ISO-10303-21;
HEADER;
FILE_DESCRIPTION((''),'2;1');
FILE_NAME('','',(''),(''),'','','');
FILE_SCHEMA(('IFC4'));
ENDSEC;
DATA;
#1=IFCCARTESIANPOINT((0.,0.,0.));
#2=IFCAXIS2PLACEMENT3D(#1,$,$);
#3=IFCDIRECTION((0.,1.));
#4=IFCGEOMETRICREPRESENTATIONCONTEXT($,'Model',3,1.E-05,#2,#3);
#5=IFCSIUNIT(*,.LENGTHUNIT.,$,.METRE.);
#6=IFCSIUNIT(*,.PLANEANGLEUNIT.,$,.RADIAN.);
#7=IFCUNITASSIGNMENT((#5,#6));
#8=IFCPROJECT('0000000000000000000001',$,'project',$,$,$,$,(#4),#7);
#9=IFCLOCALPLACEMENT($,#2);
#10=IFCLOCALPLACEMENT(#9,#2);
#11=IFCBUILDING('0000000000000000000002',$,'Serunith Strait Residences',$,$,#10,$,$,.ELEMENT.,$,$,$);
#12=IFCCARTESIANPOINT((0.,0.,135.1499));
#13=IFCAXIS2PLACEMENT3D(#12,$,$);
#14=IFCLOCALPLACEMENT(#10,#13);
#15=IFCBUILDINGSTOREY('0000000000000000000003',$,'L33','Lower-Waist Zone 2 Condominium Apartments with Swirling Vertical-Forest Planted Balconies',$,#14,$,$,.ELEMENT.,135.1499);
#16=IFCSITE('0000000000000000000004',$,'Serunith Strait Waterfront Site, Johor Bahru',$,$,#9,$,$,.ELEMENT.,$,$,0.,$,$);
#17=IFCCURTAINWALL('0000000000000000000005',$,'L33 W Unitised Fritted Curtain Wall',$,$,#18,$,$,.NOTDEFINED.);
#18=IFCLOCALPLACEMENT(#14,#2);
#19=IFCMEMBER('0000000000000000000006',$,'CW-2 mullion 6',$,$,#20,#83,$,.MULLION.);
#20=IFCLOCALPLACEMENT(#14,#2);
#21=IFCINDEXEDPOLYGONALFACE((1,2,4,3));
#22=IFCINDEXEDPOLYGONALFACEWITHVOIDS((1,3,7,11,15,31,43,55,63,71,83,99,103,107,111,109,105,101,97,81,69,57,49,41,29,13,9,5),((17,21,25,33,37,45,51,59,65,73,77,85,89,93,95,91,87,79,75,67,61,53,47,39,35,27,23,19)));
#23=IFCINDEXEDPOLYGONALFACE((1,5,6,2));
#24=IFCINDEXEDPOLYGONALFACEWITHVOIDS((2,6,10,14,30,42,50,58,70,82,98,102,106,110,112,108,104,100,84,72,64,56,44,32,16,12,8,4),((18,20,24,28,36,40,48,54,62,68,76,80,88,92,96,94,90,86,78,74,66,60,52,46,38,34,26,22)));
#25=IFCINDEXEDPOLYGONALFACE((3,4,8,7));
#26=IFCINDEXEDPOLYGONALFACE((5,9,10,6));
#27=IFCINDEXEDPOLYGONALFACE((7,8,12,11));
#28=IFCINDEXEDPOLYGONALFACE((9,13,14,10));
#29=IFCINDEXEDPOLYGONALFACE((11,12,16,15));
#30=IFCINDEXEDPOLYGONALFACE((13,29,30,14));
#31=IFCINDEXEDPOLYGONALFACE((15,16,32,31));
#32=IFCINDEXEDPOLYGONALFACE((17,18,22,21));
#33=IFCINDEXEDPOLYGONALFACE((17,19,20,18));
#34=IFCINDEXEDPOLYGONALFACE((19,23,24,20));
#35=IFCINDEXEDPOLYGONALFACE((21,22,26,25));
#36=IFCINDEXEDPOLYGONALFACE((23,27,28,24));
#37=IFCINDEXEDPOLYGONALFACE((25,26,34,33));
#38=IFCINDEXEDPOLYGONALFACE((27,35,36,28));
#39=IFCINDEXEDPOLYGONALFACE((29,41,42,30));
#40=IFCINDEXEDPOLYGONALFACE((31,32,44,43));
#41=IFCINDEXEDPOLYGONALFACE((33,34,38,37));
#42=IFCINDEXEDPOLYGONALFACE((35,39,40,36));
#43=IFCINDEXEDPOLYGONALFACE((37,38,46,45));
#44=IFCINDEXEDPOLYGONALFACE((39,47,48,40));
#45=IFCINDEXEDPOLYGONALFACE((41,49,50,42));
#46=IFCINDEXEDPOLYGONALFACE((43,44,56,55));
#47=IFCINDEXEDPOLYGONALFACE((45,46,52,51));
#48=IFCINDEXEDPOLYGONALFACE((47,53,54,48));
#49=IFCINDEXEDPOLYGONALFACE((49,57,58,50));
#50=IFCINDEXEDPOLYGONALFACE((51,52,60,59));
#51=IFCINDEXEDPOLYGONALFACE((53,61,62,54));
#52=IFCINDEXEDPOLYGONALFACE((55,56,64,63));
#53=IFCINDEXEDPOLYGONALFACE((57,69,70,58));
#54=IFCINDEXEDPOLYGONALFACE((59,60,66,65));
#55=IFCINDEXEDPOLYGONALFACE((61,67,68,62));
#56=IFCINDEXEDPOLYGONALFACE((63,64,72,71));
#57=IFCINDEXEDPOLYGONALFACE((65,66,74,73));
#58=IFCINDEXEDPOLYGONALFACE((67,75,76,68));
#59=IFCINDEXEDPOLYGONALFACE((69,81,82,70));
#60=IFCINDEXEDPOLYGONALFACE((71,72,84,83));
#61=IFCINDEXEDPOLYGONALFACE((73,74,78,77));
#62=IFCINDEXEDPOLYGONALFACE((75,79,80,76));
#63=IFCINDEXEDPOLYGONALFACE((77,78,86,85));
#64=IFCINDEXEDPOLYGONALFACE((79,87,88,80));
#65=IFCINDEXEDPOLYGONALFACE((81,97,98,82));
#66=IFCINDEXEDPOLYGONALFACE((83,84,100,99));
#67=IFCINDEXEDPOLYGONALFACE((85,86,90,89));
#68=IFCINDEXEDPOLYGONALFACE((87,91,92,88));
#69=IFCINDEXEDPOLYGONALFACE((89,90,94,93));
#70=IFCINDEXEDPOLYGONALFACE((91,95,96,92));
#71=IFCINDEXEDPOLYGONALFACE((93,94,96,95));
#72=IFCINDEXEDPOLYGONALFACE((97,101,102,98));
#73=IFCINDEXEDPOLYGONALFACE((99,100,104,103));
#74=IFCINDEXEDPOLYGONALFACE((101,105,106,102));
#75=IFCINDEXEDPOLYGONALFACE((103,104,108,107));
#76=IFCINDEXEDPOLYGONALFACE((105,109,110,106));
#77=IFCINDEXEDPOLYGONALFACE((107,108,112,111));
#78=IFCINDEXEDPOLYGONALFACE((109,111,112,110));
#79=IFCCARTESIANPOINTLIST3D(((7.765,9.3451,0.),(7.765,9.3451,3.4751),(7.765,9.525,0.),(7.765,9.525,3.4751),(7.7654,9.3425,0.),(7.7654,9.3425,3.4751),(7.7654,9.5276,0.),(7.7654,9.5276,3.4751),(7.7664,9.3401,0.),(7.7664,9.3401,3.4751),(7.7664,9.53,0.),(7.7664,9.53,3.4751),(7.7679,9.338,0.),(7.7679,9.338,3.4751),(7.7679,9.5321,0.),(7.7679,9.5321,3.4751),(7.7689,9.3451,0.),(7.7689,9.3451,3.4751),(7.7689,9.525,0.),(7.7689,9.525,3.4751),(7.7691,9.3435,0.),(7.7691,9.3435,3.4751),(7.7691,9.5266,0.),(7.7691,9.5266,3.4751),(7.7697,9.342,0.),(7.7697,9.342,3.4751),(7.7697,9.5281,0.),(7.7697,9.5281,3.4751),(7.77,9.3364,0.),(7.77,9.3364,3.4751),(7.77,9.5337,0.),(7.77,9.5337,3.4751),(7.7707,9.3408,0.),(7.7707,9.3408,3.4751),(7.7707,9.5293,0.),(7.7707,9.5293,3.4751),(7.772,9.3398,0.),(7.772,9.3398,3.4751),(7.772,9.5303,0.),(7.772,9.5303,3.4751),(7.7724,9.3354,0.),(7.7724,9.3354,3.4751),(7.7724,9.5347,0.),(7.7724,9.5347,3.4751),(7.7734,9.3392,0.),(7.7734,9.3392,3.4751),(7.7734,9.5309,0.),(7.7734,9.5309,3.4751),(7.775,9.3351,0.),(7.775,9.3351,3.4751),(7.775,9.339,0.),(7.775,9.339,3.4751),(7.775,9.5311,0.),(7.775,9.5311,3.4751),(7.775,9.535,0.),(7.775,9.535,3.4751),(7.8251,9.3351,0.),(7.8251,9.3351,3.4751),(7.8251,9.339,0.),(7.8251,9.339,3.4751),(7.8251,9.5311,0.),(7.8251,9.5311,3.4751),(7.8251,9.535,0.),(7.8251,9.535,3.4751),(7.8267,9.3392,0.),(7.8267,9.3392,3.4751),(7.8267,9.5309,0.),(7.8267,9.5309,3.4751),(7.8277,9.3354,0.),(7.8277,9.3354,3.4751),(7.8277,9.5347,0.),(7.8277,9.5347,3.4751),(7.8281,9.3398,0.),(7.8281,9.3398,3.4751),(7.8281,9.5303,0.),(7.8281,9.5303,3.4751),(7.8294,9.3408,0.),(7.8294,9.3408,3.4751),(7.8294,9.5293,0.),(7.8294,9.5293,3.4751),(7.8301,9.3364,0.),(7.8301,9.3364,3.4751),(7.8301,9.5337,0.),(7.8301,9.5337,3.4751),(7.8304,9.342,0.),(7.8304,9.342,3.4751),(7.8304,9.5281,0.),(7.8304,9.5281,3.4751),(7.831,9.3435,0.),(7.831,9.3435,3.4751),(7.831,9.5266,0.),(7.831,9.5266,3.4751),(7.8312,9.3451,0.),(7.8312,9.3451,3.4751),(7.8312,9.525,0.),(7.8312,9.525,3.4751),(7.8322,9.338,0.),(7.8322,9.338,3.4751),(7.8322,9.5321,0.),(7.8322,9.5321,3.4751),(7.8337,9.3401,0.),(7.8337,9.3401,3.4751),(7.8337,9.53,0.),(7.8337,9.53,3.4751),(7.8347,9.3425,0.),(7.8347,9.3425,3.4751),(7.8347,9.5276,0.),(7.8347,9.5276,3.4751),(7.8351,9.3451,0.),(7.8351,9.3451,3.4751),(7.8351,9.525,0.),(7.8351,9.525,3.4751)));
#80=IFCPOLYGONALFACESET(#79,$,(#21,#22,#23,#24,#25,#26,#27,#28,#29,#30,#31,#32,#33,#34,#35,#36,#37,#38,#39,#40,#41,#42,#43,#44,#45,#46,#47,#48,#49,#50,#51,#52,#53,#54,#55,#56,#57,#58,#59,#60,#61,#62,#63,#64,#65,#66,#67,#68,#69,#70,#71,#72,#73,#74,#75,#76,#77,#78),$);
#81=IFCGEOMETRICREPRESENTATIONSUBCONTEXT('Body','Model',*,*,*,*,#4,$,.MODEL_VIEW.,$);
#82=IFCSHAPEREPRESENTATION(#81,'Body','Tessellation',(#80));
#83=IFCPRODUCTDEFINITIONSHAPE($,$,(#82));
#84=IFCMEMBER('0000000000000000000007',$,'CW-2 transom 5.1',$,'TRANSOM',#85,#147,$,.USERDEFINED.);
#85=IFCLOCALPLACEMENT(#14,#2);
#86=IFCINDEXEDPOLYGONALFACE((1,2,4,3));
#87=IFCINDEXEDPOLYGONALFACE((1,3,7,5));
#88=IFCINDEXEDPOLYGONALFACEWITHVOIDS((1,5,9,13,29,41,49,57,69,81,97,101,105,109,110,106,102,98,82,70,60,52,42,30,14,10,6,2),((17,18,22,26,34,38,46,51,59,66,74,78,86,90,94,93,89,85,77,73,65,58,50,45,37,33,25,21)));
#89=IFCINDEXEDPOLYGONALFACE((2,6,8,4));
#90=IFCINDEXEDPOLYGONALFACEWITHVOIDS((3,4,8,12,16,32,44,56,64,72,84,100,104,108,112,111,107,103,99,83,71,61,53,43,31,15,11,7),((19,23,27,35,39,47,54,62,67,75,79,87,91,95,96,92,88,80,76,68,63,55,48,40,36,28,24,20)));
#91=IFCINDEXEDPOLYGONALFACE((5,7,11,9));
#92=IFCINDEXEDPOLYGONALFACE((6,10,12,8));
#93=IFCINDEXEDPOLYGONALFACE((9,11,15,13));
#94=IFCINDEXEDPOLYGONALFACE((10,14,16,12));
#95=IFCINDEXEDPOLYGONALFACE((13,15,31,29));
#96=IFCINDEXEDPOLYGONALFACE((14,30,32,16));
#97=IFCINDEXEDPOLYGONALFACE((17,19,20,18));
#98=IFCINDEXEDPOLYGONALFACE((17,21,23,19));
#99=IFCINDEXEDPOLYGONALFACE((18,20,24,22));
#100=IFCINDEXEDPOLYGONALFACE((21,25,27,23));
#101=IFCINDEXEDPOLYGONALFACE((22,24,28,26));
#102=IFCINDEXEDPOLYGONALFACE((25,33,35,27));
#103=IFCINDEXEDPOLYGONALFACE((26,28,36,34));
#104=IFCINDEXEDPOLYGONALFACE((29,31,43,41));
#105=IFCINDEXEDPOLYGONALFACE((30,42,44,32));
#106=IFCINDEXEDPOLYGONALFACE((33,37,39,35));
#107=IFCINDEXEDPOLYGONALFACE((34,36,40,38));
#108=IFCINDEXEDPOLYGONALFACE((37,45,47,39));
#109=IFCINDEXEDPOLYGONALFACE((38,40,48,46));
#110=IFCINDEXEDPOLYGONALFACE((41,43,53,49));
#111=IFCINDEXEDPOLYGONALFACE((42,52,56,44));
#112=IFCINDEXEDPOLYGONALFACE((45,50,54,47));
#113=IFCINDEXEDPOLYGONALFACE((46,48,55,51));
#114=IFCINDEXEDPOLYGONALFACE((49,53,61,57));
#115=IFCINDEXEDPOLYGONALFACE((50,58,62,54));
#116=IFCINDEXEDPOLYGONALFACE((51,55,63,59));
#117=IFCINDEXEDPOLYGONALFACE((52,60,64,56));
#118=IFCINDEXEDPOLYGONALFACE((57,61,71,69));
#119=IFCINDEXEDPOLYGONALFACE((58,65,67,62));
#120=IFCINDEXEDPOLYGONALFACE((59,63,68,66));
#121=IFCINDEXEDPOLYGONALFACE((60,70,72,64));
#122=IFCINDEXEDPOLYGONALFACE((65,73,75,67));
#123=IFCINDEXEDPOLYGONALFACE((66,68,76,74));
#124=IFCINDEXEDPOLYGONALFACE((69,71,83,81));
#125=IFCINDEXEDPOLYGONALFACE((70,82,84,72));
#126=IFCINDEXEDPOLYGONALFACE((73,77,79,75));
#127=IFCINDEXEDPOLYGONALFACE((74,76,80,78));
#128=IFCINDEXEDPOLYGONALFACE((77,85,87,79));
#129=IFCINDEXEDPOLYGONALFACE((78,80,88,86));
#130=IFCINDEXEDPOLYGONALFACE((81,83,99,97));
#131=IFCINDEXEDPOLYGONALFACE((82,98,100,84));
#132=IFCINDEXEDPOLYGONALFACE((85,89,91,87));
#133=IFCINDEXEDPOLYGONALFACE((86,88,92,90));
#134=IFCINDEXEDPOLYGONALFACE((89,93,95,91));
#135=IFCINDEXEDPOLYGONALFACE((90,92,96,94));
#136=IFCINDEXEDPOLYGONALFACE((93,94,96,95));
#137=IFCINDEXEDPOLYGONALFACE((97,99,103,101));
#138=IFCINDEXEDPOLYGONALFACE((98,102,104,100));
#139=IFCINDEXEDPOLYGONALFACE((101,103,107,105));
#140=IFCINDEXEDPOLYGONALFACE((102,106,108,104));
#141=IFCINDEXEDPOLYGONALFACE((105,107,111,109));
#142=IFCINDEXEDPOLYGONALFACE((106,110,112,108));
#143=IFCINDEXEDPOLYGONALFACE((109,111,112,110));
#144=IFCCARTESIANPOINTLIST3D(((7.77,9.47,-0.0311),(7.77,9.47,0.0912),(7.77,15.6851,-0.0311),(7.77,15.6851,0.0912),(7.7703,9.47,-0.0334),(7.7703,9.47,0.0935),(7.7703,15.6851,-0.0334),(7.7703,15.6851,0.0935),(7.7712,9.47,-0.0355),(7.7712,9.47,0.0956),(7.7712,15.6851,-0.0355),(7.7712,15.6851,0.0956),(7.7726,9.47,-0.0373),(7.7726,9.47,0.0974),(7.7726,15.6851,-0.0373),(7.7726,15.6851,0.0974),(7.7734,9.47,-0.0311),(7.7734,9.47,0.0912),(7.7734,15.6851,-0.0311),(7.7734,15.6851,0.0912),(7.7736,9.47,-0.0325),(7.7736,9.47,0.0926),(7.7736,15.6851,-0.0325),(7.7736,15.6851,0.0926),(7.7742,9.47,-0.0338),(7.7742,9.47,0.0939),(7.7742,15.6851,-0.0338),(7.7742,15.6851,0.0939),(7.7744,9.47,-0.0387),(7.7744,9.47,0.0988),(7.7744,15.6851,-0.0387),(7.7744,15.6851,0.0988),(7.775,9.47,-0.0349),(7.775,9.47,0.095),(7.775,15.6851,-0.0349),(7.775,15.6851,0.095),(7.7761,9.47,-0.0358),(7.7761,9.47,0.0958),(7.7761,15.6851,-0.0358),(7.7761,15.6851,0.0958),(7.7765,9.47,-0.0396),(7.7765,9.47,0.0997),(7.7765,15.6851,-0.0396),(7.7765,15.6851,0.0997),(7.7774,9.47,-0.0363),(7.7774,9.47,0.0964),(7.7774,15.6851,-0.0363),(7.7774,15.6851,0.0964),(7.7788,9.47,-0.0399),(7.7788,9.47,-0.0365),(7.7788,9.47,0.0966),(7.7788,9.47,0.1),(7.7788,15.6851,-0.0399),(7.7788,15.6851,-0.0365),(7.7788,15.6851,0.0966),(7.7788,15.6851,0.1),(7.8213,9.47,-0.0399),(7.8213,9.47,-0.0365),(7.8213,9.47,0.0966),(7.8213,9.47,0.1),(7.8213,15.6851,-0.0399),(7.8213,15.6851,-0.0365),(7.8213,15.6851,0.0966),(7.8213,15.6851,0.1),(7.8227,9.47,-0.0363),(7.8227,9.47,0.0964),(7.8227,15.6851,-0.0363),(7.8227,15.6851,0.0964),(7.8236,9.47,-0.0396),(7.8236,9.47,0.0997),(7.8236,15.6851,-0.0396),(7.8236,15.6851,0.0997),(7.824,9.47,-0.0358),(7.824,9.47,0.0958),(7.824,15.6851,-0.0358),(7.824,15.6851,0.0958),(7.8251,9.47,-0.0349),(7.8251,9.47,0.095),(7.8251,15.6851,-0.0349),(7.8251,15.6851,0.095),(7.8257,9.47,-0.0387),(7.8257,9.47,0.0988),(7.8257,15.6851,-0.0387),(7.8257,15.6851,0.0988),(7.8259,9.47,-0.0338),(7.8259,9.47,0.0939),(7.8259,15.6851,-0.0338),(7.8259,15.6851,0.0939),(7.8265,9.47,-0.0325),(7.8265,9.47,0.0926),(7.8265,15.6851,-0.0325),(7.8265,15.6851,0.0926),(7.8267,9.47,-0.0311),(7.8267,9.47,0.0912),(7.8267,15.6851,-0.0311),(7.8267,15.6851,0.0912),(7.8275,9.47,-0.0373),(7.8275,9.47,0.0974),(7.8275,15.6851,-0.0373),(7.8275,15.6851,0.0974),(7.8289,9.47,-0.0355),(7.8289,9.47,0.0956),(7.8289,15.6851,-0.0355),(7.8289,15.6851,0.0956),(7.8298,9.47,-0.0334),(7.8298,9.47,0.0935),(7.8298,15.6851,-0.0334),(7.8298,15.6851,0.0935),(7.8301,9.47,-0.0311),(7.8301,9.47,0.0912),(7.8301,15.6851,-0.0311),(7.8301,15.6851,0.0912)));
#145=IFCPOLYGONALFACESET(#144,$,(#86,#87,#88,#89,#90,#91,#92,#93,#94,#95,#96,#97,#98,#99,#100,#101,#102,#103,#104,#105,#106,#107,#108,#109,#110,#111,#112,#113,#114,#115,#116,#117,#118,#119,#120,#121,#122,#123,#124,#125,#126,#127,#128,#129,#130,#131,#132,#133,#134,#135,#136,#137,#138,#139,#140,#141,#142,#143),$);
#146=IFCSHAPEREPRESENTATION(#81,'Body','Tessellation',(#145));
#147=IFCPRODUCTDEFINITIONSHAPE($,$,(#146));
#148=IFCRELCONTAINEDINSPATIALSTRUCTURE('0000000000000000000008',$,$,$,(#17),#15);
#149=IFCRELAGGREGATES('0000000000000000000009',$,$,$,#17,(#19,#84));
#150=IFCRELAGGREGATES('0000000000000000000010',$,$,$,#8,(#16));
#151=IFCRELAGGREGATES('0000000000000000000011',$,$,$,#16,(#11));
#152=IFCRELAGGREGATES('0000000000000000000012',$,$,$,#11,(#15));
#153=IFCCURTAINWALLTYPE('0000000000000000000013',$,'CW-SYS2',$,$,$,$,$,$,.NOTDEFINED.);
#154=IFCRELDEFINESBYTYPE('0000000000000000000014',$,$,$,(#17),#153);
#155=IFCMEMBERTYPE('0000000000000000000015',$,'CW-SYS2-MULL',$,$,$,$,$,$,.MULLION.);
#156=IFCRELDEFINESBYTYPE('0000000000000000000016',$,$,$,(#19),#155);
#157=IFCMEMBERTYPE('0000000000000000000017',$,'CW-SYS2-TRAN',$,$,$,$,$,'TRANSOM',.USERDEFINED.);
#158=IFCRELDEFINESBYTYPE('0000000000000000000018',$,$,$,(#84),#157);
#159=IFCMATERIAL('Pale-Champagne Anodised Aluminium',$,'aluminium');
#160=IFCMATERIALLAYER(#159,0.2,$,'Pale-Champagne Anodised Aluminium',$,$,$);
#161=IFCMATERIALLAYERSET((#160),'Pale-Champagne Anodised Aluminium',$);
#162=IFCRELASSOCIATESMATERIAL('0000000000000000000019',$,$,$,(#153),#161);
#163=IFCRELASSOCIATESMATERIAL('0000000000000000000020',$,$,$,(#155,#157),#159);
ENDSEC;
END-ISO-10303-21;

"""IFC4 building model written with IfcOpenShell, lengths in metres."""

from ifc_helpers import new_model, si_unit, direction, frame, origin, origin_2d, place, context, subcontext, project, spatial, hollow_rectangle, extrude, source, transform, mapped, material, layer, layer_set, material_profile, profile_set, type_object, element, aggregate, save


model = new_model("IFC4")

# Units and contexts
model_context = context("Model", 3, precision=1e-05, world=origin(), true_north=direction((0.0, 1.0)))
body_context = subcontext(model_context, "Body", "Model", "MODEL_VIEW")
ifc_project = project(units=[si_unit("LENGTHUNIT", "METRE"), si_unit("PLANEANGLEUNIT", "RADIAN")], contexts=[model_context])

# Site, building, storey
site_placement = place(None, origin())
site = spatial("IfcSite", under=ifc_project, at=site_placement, Name="Serunith Strait Waterfront Site, Johor Bahru", CompositionType="ELEMENT", RefElevation=0.0)
building_placement = place(site_placement, origin())
building = spatial("IfcBuilding", under=site, at=building_placement, Name="Serunith Strait Residences", CompositionType="ELEMENT")
storey_placement = place(building_placement, frame((0.0, 0.0, 135.1499)))
storey = spatial("IfcBuildingStorey", under=building, at=storey_placement, Name="L33", Description="Lower-Waist Zone 2 Condominium Apartments with Swirling Vertical-Forest Planted Balconies", CompositionType="ELEMENT", Elevation=135.1499)

# Curtain wall, members
ifc_material_1 = material(Name="Pale-Champagne Anodised Aluminium", Category="aluminium")
ifc_layer_1 = layer(ifc_material_1, 0.2, Name="Pale-Champagne Anodised Aluminium")
ifc_layer_set_1 = layer_set([ifc_layer_1], Name="Pale-Champagne Anodised Aluminium")
curtain_wall_type = type_object("IfcCurtainWallType", Name="CW-SYS2", PredefinedType="NOTDEFINED", material=ifc_layer_set_1)
curtain_wall_placement = place(storey_placement, origin())
curtain_wall = element("IfcCurtainWall", 1, at=curtain_wall_placement, inside=storey, type_object=curtain_wall_type, Name="L33 W Unitised Fritted Curtain Wall", PredefinedType="NOTDEFINED")
ifc_material_profile_1 = material_profile(ifc_material_1, hollow_rectangle(XDim=0.0701, YDim=0.2, WallThickness=0.0039, InnerFilletRadius=0.0061, OuterFilletRadius=0.01, at=origin_2d()), Name="ALU 200x70x4")
ifc_profile_set_1 = profile_set([ifc_material_profile_1], Name="Pale-Champagne Anodised Aluminium")
member_type_1 = type_object("IfcMemberType", Name="CW-SYS2-MULL", PredefinedType="MULLION", material=ifc_profile_set_1)
shared_shape_1 = source(origin(), body_context, "Body", "SweptSolid", [
    extrude(hollow_rectangle(XDim=0.0701, YDim=0.2, WallThickness=0.0039, InnerFilletRadius=0.0061, OuterFilletRadius=0.01, at=origin_2d()), origin(), (0.0, 0.0, 1.0), 3.4751),
])
member_1_placement = place(storey_placement, frame((7.8, 9.4351, 0.0), z_axis=(0.0, 0.0, 1.0), x_axis=(1.0, 0.0, 0.0)))
member_1 = element("IfcMember", 2, at=member_1_placement, type_object=member_type_1, Name="CW-2 mullion 6", PredefinedType="MULLION", context=body_context, shape_type="MappedRepresentation", body=[
    mapped(shared_shape_1, transform((0.0, 0.0, 0.0), scale=1.0)),
])
ifc_material_profile_2 = material_profile(ifc_material_1, hollow_rectangle(XDim=0.0601, YDim=0.1399, WallThickness=0.0034, InnerFilletRadius=0.0054, OuterFilletRadius=0.0088, at=origin_2d()), Name="ALU 140x60x3.5")
ifc_profile_set_2 = profile_set([ifc_material_profile_2], Name="Pale-Champagne Anodised Aluminium")
member_type_2 = type_object("IfcMemberType", Name="CW-SYS2-TRAN", ElementType="TRANSOM", PredefinedType="USERDEFINED", material=ifc_profile_set_2)
shared_shape_2 = source(origin(), body_context, "Body", "SweptSolid", [
    extrude(hollow_rectangle(XDim=0.0601, YDim=0.1399, WallThickness=0.0034, InnerFilletRadius=0.0054, OuterFilletRadius=0.0088, at=origin_2d()), origin(), (0.0, 0.0, 1.0), 6.2151),
])
member_2_placement = place(storey_placement, frame((7.8, 15.6851, 0.03), z_axis=(0.0, -1.0, 0.0), x_axis=(1.0, 0.0, 0.0)))
member_2 = element("IfcMember", 3, at=member_2_placement, type_object=member_type_2, Name="CW-2 transom 5.1", ObjectType="TRANSOM", PredefinedType="USERDEFINED", context=body_context, shape_type="MappedRepresentation", body=[
    mapped(shared_shape_2, transform((0.0, 0.0, 0.0), scale=1.0)),
])
aggregate(curtain_wall, [member_1, member_2])

save(model, "model.ifc")
